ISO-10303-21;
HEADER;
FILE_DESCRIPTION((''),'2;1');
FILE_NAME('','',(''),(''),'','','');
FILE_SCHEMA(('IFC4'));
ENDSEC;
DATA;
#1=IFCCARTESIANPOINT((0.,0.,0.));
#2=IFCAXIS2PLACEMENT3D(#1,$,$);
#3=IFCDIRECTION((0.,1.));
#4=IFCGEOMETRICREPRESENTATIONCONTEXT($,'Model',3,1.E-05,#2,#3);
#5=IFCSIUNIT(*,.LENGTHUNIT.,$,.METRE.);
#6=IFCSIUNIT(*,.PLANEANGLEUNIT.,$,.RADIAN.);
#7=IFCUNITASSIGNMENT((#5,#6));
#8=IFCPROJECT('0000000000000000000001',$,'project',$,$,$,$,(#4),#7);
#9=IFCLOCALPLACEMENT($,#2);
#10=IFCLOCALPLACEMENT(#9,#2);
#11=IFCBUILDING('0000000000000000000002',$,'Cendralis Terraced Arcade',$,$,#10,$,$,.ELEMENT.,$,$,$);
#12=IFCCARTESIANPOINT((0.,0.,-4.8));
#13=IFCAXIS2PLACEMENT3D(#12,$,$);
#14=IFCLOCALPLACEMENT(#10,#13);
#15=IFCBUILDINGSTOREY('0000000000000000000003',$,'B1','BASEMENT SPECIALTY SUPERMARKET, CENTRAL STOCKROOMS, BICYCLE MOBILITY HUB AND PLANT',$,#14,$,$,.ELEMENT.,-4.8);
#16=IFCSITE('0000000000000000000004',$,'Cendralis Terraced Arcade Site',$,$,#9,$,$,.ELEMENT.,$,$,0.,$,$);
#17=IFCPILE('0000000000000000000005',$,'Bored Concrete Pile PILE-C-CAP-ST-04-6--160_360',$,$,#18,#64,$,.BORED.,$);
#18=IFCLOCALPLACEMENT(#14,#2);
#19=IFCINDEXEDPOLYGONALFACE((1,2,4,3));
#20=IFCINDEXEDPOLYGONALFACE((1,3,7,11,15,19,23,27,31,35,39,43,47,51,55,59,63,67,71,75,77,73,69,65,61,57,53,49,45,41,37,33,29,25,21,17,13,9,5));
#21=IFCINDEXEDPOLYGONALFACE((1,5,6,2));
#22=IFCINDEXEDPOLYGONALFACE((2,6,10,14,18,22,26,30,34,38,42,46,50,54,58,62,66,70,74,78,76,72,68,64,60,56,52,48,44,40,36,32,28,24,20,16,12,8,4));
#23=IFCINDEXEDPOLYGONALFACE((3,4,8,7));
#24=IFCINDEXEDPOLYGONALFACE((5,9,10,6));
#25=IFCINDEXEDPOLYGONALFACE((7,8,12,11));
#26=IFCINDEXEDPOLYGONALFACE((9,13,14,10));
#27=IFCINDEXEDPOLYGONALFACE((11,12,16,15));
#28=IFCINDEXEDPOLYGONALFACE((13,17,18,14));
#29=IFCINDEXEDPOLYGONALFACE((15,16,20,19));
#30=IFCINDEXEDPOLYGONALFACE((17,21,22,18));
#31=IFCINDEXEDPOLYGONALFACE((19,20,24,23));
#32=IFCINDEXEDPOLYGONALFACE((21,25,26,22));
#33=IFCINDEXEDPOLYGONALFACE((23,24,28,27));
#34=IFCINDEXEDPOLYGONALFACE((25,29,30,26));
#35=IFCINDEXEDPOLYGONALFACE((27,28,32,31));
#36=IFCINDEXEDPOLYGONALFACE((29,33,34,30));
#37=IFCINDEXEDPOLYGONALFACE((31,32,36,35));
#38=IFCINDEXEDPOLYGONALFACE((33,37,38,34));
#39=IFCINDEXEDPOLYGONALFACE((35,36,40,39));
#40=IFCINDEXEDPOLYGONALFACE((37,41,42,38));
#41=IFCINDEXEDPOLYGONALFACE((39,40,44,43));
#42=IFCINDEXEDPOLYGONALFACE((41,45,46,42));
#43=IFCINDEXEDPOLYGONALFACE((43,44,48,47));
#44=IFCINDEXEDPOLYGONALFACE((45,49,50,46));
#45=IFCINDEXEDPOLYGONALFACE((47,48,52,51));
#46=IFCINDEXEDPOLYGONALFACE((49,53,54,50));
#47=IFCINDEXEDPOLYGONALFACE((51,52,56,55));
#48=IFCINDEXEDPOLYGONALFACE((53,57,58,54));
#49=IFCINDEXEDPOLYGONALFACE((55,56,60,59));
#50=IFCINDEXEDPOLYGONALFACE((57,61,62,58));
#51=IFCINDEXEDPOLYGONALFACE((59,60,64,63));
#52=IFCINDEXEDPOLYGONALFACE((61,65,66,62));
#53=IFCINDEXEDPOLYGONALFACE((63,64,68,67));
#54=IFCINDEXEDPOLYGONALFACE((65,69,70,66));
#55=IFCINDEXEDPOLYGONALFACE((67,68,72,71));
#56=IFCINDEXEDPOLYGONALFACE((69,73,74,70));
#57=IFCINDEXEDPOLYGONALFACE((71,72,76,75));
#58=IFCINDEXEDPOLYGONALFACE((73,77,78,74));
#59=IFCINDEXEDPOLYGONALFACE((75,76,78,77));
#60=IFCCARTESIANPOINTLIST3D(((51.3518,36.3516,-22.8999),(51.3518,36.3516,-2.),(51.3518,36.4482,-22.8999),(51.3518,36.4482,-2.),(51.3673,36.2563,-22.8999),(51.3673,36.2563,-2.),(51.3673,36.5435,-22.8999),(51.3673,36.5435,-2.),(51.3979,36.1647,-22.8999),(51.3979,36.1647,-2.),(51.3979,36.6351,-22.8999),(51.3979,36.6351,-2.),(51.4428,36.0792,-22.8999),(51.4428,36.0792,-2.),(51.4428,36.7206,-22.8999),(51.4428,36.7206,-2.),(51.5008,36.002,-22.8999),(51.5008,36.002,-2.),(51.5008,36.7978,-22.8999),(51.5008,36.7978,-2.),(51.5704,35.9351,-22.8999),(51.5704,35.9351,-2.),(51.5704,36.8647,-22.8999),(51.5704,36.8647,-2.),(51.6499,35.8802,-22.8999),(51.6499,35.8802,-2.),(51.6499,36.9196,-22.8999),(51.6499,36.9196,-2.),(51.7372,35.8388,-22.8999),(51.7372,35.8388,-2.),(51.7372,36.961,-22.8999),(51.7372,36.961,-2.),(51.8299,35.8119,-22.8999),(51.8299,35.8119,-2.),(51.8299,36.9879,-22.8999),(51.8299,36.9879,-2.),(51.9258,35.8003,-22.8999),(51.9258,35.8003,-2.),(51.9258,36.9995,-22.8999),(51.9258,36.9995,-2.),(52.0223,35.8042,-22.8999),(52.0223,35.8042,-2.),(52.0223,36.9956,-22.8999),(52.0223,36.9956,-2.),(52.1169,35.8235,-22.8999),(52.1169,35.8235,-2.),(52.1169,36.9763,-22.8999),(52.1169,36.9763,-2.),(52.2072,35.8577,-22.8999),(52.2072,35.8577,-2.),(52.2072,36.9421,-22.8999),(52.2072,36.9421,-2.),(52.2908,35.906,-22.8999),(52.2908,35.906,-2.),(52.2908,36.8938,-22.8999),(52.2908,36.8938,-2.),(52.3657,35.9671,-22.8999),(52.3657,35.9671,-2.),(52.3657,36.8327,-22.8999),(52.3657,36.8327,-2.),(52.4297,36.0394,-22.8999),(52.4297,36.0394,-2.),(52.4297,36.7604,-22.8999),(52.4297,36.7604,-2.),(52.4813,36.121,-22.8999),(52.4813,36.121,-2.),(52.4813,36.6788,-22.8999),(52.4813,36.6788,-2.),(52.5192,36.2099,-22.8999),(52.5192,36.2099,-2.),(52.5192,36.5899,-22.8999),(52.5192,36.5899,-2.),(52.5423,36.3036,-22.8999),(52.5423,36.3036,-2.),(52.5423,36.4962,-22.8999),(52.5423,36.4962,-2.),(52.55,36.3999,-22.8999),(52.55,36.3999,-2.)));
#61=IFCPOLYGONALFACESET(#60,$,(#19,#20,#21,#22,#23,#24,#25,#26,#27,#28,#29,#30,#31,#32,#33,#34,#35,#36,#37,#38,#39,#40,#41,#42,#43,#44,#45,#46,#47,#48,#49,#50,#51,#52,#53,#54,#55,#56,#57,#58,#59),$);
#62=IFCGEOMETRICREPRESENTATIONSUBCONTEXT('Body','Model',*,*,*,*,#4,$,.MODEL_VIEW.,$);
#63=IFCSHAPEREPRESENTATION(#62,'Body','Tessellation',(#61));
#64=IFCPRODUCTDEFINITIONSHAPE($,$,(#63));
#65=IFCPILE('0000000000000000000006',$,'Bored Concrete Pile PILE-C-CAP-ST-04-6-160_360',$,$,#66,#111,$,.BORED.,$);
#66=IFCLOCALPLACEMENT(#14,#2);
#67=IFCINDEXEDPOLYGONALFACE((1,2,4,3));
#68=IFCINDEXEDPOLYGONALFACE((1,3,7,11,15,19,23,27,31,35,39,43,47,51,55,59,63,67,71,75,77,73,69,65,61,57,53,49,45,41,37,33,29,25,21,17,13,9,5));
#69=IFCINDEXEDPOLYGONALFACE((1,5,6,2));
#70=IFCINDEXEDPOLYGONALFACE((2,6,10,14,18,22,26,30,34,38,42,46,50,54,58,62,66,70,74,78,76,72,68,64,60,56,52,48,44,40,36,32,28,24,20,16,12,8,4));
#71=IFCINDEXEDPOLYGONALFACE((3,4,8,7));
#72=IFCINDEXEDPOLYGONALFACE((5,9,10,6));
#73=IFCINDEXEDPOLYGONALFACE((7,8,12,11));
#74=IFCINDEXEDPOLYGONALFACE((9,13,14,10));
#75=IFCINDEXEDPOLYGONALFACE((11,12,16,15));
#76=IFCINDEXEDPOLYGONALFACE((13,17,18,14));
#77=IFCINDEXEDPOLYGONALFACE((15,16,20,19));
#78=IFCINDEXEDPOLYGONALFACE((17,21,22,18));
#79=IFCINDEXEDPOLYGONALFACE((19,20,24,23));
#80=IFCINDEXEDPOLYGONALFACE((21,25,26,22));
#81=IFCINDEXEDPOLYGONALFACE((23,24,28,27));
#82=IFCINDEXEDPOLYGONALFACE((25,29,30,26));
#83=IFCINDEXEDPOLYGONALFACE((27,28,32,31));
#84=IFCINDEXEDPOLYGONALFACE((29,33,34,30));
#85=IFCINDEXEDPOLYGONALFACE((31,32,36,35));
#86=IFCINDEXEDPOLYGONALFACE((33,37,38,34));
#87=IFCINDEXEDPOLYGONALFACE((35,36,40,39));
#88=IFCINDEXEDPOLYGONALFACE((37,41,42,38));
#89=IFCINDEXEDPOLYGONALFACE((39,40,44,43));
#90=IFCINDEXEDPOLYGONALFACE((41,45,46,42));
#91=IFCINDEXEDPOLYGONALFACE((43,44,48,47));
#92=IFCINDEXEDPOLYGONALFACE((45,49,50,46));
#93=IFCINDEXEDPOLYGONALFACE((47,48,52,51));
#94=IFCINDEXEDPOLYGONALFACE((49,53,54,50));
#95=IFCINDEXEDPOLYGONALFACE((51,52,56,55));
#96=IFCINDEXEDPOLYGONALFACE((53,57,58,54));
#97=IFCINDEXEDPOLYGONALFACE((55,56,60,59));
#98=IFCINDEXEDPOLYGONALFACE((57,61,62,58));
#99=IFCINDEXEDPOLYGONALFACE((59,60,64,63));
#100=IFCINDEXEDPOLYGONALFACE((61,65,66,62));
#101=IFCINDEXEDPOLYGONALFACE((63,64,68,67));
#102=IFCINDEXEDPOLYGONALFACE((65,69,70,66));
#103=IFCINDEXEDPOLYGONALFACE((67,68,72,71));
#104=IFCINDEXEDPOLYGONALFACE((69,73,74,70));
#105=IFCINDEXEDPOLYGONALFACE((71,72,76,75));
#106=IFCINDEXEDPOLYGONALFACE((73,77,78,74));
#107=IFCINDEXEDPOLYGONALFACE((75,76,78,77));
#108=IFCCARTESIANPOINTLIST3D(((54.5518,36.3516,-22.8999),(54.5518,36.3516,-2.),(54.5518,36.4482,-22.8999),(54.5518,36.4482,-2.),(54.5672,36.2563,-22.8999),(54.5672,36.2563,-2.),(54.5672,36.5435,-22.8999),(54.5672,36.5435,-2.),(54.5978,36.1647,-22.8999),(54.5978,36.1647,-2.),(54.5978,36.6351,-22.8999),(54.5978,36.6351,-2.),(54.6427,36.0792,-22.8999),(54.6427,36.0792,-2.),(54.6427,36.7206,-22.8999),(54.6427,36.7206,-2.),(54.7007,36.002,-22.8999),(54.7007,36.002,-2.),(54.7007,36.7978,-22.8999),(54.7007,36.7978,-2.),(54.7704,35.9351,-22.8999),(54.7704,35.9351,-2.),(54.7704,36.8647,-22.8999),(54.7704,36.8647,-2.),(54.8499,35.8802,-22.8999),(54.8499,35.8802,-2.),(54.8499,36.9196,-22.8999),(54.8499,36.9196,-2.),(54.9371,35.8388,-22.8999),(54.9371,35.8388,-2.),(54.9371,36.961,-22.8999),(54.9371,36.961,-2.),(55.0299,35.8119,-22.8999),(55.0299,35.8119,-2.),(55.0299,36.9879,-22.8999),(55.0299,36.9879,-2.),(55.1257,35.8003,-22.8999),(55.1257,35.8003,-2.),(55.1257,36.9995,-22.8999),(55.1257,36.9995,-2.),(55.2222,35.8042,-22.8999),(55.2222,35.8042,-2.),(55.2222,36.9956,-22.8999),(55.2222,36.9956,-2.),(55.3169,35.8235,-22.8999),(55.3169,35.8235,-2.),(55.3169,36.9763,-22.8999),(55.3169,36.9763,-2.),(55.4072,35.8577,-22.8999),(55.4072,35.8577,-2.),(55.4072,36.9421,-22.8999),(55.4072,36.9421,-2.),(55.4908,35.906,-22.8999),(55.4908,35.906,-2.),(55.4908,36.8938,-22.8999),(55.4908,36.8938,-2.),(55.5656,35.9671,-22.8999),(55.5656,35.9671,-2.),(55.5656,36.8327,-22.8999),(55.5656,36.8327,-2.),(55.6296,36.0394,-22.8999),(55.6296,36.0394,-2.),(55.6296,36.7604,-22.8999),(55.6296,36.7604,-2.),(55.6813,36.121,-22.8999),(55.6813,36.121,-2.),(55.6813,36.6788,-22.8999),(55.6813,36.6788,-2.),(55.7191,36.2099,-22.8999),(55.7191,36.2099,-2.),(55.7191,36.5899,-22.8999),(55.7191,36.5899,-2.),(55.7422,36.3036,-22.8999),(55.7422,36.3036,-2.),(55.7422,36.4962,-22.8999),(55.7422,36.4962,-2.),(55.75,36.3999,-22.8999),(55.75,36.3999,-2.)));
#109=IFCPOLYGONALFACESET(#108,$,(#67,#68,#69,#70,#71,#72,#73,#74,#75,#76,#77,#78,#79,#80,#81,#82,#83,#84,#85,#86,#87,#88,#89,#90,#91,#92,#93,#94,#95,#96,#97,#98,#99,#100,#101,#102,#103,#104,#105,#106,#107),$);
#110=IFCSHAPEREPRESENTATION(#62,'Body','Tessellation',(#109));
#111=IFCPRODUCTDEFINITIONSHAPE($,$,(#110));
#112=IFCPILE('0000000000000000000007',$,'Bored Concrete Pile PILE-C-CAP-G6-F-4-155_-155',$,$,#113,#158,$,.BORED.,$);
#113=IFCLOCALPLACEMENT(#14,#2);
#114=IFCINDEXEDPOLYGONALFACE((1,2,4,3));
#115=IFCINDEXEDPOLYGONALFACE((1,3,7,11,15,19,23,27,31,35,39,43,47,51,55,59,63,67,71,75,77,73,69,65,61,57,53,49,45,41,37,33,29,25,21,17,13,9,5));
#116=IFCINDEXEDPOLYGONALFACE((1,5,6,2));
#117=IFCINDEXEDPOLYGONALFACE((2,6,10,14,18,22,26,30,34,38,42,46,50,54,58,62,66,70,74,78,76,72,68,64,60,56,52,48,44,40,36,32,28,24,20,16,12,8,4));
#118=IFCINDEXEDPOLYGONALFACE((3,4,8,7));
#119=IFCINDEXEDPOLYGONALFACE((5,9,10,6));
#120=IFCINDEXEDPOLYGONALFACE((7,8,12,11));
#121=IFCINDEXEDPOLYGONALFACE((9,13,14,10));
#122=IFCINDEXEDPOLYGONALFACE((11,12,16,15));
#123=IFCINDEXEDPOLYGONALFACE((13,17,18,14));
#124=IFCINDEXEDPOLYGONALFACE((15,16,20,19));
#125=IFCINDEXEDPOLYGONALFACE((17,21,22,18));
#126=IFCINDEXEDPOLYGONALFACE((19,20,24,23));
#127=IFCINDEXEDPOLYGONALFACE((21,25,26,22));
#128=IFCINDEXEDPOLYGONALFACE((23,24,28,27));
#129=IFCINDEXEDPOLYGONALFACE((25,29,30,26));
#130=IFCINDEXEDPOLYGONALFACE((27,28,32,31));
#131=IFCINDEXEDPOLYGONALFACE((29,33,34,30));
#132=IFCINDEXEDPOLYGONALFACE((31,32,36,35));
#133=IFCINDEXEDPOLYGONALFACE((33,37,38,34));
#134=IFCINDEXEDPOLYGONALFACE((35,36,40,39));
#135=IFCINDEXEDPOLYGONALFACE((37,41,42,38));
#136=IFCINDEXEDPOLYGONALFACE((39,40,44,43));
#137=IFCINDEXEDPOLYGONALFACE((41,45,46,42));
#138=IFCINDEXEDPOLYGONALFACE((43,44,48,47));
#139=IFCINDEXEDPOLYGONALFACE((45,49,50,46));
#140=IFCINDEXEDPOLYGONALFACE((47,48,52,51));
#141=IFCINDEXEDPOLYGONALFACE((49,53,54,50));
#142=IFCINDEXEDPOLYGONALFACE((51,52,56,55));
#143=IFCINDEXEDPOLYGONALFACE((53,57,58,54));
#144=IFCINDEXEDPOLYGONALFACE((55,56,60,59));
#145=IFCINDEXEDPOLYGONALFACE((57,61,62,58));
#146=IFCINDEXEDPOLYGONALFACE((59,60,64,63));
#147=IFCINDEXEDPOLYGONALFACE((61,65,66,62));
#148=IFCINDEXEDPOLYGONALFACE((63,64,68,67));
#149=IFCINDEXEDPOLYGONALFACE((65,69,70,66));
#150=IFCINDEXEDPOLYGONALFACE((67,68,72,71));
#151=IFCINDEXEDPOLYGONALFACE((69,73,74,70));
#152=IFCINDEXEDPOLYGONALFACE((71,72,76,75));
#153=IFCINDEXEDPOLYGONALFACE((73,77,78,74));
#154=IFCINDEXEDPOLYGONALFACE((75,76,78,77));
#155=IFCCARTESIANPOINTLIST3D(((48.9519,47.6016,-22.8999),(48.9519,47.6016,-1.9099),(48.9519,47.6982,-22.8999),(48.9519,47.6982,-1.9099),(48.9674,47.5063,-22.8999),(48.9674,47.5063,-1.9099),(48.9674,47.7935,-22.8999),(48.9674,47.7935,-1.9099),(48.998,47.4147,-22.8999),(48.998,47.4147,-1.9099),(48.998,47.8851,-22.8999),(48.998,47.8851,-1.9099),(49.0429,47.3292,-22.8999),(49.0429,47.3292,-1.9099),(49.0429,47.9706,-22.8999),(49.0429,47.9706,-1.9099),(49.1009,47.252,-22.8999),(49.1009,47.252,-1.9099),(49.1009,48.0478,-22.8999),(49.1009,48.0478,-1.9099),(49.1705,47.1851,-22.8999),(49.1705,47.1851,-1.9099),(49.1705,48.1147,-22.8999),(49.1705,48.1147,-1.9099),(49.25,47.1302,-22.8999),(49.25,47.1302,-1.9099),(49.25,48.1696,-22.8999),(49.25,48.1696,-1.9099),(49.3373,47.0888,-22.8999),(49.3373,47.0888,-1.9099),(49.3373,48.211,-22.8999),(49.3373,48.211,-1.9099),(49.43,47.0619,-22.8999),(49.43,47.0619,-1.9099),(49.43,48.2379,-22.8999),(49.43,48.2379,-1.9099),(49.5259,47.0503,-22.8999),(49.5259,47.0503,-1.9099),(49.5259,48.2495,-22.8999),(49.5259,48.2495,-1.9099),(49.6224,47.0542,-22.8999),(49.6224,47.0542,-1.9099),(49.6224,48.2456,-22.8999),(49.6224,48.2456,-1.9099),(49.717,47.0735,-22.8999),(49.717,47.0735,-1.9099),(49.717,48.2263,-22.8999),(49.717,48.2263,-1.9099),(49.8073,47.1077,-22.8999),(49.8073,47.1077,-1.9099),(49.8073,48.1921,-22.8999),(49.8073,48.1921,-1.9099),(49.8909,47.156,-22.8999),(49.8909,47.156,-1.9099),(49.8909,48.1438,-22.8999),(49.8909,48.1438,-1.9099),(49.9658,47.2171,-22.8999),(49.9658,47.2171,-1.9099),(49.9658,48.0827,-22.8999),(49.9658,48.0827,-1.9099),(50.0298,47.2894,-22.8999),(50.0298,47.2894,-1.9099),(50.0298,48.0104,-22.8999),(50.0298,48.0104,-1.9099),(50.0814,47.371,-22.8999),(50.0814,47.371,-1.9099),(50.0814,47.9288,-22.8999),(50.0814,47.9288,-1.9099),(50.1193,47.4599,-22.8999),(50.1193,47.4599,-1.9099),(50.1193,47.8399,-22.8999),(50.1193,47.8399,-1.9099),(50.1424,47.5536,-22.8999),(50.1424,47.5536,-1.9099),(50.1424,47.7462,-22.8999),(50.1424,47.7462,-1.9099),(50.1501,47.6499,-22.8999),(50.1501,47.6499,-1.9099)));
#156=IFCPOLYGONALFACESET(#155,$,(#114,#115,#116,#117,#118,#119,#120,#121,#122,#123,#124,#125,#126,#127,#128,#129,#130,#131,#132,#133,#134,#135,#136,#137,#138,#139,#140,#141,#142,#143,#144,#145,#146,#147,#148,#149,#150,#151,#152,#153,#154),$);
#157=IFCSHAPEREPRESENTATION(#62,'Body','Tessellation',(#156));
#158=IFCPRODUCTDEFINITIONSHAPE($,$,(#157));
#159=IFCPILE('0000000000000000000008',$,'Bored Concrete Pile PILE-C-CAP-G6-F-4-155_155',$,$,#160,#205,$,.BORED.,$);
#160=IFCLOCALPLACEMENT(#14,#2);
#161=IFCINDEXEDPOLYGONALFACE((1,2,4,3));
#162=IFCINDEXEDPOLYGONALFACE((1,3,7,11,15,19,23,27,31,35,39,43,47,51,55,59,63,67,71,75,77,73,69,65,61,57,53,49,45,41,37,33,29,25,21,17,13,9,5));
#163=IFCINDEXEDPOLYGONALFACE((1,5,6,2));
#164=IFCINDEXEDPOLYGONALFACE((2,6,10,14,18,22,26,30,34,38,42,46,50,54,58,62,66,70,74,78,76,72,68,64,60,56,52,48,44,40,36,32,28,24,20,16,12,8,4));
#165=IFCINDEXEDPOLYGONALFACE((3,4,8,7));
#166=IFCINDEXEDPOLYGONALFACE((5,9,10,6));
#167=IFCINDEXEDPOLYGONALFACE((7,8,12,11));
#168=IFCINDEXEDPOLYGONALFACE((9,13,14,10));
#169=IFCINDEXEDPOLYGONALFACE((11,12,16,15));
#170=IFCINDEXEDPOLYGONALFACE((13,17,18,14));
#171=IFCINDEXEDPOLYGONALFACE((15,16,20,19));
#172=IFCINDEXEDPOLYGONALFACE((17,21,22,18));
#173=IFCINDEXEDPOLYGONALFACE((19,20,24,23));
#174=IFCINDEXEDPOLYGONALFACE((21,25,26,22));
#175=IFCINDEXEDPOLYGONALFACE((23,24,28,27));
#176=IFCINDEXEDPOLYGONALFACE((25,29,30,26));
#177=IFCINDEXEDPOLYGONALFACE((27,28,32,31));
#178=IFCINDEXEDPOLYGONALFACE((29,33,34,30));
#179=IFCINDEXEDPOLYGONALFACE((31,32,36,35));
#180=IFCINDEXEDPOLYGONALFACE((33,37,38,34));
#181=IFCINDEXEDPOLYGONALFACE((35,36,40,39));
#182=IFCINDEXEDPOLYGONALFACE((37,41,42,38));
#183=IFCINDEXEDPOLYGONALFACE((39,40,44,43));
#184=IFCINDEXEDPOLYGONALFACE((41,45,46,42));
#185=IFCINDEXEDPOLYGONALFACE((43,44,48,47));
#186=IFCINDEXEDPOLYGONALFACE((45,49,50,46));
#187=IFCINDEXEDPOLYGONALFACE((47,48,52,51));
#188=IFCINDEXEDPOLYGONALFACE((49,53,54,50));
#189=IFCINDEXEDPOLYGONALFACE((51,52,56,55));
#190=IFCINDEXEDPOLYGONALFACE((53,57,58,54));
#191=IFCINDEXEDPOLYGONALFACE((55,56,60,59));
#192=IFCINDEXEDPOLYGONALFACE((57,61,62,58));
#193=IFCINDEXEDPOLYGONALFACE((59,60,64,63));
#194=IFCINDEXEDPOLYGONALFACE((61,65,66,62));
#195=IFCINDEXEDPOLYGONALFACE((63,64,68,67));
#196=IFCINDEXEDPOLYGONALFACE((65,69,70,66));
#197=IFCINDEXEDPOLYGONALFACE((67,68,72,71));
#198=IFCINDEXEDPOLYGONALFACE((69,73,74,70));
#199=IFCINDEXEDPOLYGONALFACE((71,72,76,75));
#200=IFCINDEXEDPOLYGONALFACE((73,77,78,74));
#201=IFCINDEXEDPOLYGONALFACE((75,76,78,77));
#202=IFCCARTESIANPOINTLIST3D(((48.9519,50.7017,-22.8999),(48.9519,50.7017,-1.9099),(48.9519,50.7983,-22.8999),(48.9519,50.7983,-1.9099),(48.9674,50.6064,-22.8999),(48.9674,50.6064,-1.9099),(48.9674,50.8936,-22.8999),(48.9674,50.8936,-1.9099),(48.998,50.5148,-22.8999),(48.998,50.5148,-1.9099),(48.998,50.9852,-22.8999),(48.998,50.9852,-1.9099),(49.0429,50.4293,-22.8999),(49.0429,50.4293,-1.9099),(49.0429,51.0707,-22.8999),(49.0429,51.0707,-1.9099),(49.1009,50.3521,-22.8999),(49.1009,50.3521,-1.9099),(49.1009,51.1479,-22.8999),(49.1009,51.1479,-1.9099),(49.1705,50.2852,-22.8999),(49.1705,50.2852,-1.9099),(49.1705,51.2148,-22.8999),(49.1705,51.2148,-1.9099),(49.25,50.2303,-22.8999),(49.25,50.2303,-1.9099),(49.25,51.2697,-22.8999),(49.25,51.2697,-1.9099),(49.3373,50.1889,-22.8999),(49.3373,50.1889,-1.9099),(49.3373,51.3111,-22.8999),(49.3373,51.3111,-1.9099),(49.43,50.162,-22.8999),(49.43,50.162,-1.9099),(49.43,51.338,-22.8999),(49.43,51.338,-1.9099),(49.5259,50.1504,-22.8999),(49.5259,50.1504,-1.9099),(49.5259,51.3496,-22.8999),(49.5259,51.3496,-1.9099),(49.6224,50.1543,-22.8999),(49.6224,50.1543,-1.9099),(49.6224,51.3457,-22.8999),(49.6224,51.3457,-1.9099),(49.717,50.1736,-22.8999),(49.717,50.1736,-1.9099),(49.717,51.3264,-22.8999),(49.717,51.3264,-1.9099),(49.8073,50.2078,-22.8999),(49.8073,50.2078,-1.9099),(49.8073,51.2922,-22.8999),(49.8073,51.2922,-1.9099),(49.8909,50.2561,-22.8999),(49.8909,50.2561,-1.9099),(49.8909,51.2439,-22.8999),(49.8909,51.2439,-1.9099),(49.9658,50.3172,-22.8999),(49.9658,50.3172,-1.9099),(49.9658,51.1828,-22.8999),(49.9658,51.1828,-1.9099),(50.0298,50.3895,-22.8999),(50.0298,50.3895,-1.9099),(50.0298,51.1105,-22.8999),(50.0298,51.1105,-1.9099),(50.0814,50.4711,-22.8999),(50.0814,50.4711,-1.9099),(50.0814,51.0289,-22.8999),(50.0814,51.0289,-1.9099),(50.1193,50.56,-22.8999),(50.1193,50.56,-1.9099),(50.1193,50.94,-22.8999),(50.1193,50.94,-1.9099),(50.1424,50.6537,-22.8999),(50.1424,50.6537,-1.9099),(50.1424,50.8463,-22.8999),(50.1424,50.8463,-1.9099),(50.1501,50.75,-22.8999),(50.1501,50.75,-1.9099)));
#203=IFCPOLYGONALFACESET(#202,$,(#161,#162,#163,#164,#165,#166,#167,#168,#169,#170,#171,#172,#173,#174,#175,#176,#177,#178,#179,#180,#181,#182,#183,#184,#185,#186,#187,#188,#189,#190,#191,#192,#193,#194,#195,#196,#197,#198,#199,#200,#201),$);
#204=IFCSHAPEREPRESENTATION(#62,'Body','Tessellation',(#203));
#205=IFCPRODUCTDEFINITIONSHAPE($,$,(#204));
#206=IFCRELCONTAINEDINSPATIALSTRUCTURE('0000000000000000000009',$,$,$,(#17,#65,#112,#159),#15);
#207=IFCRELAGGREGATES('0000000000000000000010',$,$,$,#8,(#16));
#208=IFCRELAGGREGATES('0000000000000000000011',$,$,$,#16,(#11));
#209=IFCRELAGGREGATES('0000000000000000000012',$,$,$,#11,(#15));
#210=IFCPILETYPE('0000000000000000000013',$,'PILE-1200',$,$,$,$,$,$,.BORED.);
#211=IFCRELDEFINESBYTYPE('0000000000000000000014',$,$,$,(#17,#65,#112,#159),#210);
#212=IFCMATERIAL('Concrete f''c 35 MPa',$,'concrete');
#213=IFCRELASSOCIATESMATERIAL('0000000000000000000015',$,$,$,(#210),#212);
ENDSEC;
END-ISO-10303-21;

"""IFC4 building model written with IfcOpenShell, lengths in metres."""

from ifc_helpers import new_model, si_unit, direction, frame, origin, origin_2d, place, context, subcontext, project, spatial, circle, extrude, material, material_profile, profile_set, type_object, element, save


model = new_model("IFC4")

# Units and contexts
model_context = context("Model", 3, precision=1e-05, world=origin(), true_north=direction((0.0, 1.0)))
body_context = subcontext(model_context, "Body", "Model", "MODEL_VIEW")
ifc_project = project(units=[si_unit("LENGTHUNIT", "METRE"), si_unit("PLANEANGLEUNIT", "RADIAN")], contexts=[model_context])

# Site, building, storey
site_placement = place(None, origin())
site = spatial("IfcSite", under=ifc_project, at=site_placement, Name="Cendralis Terraced Arcade Site", CompositionType="ELEMENT", RefElevation=0.0)
building_placement = place(site_placement, origin())
building = spatial("IfcBuilding", under=site, at=building_placement, Name="Cendralis Terraced Arcade", CompositionType="ELEMENT")
storey_placement = place(building_placement, frame((0.0, 0.0, -4.8)))
storey = spatial("IfcBuildingStorey", under=building, at=storey_placement, Name="B1", Description="BASEMENT SPECIALTY SUPERMARKET, CENTRAL STOCKROOMS, BICYCLE MOBILITY HUB AND PLANT", CompositionType="ELEMENT", Elevation=-4.8)

# Shared definitions
ifc_material_1 = material(Name="Concrete f'c 35 MPa", Category="concrete")

# Piles
ifc_material_profile_1 = material_profile(ifc_material_1, circle(Radius=0.6001, at=origin_2d()), Name="PILE-D1200", Category="LoadBearing")
ifc_profile_set_1 = profile_set([ifc_material_profile_1], Name="Concrete f'c 35 MPa")
pile_type_1 = type_object("IfcPileType", Name="PILE-1200", PredefinedType="BORED", material=ifc_profile_set_1)
for number, where, z_axis, x_axis, name in (
    (1, (51.95, 36.3999, -2.0), (0.0, 0.0, -1.0), (1.0, 0.0, 0.0), "Bored Concrete Pile PILE-C-CAP-ST-04-6--160_360"),
    (2, (55.1499, 36.3999, -2.0), (0.0, 0.0, -1.0), (1.0, 0.0, 0.0), "Bored Concrete Pile PILE-C-CAP-ST-04-6-160_360"),
):
    element("IfcPile", number, at=place(storey_placement, frame(where, z_axis=z_axis, x_axis=x_axis)), inside=storey, type_object=pile_type_1, Name=name, PredefinedType="BORED", context=body_context, shape_type="SweptSolid", body=[
        extrude(circle(Radius=0.6001, at=origin_2d()), origin(), (0.0, 0.0, 1.0), 20.8999),
    ])
for number, where, z_axis, x_axis, name in (
    (3, (49.55, 47.6499, -1.9099), (0.0, 0.0, -1.0), (1.0, 0.0, 0.0), "Bored Concrete Pile PILE-C-CAP-G6-F-4-155_-155"),
    (4, (49.55, 50.75, -1.9099), (0.0, 0.0, -1.0), (1.0, 0.0, 0.0), "Bored Concrete Pile PILE-C-CAP-G6-F-4-155_155"),
):
    element("IfcPile", number, at=place(storey_placement, frame(where, z_axis=z_axis, x_axis=x_axis)), inside=storey, type_object=pile_type_1, Name=name, PredefinedType="BORED", context=body_context, shape_type="SweptSolid", body=[
        extrude(circle(Radius=0.6001, at=origin_2d()), origin(), (0.0, 0.0, 1.0), 20.99),
    ])

save(model, "model.ifc")
